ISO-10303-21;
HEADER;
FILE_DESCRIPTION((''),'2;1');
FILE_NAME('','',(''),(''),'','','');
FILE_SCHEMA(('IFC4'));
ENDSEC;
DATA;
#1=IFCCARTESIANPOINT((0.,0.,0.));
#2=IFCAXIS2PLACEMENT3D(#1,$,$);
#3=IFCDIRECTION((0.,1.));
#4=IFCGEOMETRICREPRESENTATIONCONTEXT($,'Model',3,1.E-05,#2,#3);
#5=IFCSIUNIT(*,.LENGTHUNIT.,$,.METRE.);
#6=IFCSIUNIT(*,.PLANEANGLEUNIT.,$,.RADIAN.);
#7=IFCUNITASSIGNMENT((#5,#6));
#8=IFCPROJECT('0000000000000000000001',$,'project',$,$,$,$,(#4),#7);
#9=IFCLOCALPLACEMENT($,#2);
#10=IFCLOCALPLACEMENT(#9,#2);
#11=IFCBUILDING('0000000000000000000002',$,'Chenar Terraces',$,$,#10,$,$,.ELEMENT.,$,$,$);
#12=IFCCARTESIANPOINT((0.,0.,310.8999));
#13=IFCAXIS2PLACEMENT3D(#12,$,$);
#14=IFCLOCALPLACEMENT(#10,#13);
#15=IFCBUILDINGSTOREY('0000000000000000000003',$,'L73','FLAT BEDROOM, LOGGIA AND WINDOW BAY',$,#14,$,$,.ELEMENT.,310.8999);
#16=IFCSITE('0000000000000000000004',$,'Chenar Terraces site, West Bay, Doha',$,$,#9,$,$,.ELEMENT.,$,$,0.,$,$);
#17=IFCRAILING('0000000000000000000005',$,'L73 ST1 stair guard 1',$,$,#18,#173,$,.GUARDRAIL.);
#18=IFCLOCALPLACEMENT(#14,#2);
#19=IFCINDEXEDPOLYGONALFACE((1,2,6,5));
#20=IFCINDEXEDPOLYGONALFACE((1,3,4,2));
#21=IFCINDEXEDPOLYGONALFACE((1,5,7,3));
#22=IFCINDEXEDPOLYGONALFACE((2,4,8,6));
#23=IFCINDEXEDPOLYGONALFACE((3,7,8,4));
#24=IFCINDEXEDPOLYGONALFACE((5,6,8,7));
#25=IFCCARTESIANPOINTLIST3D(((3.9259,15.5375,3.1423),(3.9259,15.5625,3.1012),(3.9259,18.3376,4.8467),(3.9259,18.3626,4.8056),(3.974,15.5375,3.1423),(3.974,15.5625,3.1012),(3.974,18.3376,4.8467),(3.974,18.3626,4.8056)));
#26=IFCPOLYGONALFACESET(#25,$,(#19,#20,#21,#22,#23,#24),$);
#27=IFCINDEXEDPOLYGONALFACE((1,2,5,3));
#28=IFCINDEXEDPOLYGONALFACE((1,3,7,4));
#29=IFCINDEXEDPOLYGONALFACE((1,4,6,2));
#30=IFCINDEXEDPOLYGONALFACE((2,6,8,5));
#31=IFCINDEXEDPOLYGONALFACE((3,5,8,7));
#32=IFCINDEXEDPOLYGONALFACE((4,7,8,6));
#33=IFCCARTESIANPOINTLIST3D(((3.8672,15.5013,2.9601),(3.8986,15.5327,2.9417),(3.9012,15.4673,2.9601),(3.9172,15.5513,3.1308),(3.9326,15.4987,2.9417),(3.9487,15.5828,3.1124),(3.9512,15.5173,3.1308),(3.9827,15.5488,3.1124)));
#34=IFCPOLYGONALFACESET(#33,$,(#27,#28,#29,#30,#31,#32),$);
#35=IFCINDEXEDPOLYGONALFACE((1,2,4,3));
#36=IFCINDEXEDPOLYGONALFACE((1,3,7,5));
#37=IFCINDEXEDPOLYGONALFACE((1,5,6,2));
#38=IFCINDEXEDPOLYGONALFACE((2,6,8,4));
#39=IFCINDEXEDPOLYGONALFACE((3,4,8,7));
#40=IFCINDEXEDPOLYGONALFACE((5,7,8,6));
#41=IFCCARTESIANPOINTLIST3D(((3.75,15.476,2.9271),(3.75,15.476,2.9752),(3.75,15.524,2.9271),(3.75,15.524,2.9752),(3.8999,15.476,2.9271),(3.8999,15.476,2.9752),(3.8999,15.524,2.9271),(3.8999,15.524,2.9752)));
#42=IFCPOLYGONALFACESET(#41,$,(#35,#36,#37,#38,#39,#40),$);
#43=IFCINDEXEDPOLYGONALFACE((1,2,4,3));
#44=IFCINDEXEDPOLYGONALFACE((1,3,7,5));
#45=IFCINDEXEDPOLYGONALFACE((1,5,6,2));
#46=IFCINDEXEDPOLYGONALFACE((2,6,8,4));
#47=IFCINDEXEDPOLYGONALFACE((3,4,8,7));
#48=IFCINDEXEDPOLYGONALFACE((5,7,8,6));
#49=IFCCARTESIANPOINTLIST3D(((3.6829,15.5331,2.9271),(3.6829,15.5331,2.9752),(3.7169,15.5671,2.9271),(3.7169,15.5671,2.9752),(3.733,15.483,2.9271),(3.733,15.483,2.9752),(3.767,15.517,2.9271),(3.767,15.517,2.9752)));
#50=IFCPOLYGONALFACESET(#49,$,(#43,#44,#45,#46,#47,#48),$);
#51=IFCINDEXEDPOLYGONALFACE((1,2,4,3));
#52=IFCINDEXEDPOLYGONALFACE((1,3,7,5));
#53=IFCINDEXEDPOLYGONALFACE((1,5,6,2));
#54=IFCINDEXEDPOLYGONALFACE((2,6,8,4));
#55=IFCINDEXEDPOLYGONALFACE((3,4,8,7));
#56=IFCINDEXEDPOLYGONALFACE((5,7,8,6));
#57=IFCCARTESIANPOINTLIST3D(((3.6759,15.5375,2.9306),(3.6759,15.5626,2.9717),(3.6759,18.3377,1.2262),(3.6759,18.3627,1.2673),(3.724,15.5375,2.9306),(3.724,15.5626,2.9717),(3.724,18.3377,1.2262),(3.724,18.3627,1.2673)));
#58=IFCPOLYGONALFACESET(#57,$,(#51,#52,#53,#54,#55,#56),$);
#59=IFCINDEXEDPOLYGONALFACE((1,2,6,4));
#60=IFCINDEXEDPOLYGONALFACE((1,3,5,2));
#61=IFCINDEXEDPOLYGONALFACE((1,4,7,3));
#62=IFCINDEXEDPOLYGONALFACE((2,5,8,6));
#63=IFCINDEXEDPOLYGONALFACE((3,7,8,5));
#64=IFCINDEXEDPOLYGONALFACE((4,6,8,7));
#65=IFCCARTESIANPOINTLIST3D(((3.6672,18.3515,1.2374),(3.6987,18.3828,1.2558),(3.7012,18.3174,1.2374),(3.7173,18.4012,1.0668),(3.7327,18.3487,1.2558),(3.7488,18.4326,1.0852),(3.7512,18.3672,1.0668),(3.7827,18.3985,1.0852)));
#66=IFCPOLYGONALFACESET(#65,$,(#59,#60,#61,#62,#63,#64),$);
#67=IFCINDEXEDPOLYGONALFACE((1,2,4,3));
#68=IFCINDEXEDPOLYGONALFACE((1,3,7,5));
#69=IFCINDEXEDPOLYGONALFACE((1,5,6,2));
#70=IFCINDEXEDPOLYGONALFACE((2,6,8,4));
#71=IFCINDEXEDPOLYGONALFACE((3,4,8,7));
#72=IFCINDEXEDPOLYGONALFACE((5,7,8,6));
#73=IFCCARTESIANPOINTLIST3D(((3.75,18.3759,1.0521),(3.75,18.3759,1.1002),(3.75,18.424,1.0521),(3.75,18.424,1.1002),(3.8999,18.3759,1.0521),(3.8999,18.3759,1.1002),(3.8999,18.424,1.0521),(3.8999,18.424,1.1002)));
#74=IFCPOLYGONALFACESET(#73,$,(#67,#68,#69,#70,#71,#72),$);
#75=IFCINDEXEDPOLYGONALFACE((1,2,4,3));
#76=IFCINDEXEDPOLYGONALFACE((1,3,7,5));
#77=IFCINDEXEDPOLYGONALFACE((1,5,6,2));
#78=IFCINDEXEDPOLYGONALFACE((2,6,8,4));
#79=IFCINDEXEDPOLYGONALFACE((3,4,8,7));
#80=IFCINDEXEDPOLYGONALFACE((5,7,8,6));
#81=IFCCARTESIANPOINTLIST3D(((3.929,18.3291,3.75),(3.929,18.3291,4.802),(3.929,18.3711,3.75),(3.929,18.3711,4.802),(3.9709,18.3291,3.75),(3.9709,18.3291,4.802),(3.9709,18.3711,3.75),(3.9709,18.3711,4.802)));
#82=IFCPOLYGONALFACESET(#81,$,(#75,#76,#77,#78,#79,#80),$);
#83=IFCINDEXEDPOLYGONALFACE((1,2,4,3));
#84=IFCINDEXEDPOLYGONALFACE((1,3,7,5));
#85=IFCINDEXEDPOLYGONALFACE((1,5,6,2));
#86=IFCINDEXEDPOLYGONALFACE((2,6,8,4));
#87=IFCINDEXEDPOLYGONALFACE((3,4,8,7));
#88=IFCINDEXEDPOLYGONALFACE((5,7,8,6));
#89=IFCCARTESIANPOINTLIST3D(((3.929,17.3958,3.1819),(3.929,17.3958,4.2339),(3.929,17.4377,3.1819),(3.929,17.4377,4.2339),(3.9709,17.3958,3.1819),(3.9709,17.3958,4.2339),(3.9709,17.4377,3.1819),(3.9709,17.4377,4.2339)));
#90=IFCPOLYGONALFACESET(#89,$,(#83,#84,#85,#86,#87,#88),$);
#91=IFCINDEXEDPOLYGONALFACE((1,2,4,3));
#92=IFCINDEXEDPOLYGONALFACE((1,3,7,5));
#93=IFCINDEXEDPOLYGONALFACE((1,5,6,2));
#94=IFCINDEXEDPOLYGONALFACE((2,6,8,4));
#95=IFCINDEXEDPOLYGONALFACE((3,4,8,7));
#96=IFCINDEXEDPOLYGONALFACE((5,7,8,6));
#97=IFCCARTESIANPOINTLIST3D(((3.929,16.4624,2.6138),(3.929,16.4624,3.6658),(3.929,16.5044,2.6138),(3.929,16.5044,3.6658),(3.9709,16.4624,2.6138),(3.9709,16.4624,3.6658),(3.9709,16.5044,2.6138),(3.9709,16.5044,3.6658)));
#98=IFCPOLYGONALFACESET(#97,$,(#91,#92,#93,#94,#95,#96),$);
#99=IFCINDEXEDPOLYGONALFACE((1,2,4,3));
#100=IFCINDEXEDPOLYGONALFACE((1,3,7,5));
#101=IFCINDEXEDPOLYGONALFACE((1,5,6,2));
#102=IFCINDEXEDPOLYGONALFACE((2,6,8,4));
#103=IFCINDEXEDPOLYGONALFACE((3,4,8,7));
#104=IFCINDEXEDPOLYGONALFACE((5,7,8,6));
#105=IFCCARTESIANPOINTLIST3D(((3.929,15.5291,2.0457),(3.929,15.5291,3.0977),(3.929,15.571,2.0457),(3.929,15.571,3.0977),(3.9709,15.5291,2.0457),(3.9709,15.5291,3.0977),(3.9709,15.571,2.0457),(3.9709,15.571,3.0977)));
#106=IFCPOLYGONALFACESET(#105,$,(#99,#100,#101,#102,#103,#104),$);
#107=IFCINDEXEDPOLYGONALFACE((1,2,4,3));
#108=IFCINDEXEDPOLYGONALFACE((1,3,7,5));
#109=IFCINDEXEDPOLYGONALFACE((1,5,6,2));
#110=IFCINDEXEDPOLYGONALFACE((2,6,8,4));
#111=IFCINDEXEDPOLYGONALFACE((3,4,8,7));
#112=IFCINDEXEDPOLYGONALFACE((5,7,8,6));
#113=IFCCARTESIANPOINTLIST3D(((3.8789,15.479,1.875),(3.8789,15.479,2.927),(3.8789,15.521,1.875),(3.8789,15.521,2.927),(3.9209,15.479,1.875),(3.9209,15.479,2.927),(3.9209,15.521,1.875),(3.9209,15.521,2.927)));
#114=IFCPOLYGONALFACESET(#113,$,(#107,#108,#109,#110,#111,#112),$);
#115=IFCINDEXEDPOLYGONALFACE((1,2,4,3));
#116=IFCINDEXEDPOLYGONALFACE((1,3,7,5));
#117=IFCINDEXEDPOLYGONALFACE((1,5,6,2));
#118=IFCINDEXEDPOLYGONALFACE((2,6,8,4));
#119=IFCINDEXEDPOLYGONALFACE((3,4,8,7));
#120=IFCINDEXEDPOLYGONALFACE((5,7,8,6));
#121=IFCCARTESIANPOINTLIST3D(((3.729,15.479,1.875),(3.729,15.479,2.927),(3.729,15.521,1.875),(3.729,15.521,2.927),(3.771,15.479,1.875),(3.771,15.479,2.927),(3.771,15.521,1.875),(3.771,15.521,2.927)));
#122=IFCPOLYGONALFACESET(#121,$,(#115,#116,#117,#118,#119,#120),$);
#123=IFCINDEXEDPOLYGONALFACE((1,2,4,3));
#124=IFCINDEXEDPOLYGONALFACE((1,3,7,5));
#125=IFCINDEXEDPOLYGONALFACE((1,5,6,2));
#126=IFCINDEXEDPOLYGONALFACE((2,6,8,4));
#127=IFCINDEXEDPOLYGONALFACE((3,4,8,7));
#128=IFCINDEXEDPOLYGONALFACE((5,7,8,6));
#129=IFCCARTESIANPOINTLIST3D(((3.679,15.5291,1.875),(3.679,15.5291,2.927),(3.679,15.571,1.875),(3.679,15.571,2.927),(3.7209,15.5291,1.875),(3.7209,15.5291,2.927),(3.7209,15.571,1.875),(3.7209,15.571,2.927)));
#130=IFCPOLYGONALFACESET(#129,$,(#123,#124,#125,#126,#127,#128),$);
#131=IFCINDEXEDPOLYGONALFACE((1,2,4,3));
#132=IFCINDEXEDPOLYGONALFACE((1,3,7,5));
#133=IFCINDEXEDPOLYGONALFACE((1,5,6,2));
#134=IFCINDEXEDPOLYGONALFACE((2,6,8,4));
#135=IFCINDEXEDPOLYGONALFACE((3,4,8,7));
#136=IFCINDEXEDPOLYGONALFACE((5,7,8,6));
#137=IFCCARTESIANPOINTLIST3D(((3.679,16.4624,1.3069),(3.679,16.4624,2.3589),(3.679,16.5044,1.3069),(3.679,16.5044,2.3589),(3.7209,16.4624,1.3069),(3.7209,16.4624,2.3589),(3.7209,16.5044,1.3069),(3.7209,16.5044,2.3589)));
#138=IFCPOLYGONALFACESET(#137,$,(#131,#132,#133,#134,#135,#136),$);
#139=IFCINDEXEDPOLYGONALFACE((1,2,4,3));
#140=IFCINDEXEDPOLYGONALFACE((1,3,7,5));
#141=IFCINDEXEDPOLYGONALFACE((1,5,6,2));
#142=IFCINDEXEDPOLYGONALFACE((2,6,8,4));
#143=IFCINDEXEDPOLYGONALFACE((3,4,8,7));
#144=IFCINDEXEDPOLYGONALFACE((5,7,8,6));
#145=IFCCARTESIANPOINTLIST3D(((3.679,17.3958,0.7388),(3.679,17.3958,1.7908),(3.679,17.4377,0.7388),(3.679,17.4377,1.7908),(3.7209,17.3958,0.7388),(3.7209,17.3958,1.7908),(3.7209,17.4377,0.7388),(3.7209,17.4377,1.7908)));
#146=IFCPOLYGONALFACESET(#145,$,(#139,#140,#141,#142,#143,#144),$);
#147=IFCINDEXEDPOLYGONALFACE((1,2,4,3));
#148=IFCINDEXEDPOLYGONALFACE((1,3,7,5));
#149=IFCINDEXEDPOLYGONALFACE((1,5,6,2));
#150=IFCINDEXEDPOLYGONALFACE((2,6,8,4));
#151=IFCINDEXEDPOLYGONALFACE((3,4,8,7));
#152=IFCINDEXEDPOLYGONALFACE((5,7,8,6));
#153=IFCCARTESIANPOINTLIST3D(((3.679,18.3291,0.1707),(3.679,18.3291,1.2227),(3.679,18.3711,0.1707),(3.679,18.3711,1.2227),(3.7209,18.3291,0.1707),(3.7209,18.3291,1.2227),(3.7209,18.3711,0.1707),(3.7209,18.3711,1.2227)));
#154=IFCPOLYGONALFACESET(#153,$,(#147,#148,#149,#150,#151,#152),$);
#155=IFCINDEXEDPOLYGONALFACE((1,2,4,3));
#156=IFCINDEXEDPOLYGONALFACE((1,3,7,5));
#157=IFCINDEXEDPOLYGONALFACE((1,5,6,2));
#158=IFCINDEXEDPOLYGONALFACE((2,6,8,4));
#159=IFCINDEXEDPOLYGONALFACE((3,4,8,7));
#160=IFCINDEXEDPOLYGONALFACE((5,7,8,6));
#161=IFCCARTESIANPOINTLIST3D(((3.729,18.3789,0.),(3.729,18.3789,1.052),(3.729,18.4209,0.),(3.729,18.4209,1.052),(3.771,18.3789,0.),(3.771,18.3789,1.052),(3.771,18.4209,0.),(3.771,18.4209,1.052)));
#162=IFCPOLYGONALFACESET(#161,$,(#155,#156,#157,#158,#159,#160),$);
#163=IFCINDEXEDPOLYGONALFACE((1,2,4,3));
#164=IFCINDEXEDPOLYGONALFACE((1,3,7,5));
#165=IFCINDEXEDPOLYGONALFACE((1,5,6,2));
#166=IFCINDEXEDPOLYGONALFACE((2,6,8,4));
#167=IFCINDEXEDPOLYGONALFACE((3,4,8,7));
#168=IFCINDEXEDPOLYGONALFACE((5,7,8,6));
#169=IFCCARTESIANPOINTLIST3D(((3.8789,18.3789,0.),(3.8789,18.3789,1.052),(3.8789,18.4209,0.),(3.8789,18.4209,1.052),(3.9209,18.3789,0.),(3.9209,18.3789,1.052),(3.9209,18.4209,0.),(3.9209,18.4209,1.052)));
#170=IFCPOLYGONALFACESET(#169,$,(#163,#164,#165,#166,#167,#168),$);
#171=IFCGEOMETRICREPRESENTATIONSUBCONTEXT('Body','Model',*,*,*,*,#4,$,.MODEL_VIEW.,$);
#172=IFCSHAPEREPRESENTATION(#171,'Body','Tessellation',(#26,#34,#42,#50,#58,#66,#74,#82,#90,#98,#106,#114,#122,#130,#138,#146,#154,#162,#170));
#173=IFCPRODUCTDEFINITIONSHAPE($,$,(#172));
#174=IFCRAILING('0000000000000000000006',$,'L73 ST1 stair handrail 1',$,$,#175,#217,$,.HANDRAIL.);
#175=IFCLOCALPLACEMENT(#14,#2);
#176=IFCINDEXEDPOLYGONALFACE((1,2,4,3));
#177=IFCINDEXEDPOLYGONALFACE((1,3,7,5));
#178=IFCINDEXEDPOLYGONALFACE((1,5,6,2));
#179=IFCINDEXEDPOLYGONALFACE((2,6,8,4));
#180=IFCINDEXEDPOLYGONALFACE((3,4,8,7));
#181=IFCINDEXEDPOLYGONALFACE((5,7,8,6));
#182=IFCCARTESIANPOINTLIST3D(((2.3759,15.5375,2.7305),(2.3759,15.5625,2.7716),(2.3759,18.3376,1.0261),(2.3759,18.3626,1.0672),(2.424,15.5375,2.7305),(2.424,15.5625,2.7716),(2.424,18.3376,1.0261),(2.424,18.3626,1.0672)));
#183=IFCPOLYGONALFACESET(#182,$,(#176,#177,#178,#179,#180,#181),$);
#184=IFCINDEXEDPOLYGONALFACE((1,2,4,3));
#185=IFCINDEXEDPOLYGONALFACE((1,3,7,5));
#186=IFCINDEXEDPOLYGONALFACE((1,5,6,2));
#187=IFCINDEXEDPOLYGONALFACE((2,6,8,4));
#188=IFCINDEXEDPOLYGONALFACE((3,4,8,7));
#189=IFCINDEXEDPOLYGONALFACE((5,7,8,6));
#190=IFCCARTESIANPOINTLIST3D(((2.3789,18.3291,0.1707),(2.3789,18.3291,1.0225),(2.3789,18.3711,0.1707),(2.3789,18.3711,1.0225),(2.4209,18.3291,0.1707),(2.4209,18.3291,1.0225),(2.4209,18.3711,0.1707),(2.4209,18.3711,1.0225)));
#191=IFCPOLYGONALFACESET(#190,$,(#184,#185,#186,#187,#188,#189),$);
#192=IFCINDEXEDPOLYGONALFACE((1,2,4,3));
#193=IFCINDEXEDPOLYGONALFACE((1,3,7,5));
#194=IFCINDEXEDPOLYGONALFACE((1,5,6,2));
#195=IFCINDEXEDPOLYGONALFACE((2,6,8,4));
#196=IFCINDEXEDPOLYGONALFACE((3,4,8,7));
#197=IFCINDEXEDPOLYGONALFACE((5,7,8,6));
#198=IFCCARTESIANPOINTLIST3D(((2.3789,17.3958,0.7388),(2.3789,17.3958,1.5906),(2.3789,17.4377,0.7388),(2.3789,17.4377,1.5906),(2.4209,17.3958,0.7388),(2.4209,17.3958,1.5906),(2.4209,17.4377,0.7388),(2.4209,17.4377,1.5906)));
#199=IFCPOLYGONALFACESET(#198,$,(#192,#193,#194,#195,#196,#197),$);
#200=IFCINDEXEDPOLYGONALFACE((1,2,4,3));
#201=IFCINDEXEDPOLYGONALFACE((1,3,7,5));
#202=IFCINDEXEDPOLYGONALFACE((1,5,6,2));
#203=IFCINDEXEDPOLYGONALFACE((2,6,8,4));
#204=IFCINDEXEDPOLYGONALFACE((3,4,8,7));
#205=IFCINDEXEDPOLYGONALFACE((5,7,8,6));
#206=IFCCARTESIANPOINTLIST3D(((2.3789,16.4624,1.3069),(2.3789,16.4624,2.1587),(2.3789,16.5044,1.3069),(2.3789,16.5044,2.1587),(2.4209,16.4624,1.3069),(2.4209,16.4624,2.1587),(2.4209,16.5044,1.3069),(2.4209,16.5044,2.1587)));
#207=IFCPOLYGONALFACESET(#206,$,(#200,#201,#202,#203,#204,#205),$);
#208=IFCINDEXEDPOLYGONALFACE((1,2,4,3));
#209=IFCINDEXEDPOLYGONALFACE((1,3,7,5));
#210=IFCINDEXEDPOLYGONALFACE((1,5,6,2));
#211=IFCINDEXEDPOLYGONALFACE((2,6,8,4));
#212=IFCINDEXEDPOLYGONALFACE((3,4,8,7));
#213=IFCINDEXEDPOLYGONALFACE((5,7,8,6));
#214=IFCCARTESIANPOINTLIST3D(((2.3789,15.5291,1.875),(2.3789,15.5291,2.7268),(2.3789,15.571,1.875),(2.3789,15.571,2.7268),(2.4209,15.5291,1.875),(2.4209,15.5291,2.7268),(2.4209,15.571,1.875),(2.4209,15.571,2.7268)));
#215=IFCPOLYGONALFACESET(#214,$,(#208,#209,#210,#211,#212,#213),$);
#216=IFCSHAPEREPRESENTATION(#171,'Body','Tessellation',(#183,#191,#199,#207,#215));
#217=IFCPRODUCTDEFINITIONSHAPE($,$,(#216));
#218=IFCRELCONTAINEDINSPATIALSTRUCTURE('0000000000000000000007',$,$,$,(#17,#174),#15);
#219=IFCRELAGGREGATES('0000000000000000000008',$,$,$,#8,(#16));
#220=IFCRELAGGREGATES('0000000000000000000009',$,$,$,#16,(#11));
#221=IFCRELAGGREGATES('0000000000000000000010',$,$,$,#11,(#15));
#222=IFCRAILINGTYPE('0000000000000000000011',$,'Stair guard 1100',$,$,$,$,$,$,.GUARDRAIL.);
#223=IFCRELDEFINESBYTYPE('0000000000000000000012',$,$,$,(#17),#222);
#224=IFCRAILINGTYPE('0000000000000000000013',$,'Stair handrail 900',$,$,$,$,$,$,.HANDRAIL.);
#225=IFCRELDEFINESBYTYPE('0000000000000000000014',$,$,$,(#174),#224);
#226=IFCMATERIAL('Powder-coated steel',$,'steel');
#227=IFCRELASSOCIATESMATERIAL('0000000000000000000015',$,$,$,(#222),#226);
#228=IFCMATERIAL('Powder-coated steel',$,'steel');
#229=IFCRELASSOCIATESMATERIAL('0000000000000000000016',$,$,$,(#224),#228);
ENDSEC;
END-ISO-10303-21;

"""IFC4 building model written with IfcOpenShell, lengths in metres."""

from ifc_helpers import new_model, si_unit, direction, frame, origin, origin_2d, place, context, subcontext, project, spatial, rectangle, extrude, material, type_object, element, save


model = new_model("IFC4")

# Units and contexts
model_context = context("Model", 3, precision=1e-05, world=origin(), true_north=direction((0.0, 1.0)))
body_context = subcontext(model_context, "Body", "Model", "MODEL_VIEW")
ifc_project = project(units=[si_unit("LENGTHUNIT", "METRE"), si_unit("PLANEANGLEUNIT", "RADIAN")], contexts=[model_context])

# Site, building, storey
site_placement = place(None, origin())
site = spatial("IfcSite", under=ifc_project, at=site_placement, Name="Chenar Terraces site, West Bay, Doha", CompositionType="ELEMENT", RefElevation=0.0)
building_placement = place(site_placement, origin())
building = spatial("IfcBuilding", under=site, at=building_placement, Name="Chenar Terraces", CompositionType="ELEMENT")
storey_placement = place(building_placement, frame((0.0, 0.0, 310.8999)))
storey = spatial("IfcBuildingStorey", under=building, at=storey_placement, Name="L73", Description="FLAT BEDROOM, LOGGIA AND WINDOW BAY", CompositionType="ELEMENT", Elevation=310.8999)

# Railings
ifc_material_1 = material(Name="Powder-coated steel", Category="steel")
railing_type_1 = type_object("IfcRailingType", Name="Stair guard 1100", PredefinedType="GUARDRAIL", material=ifc_material_1)
railing_1_placement = place(storey_placement, frame((3.95, 18.3501, 3.75)))
element("IfcRailing", 1, at=railing_1_placement, inside=storey, type_object=railing_type_1, Name="L73 ST1 stair guard 1", PredefinedType="GUARDRAIL", context=body_context, shape_type="SweptSolid", body=[
    extrude(rectangle(XDim=0.0481, YDim=0.0481, at=origin_2d()), frame((0.0, 0.0, 1.0762), z_axis=(0.0, -0.854203, -0.51994), x_axis=(1.0, 0.0, 0.0)), (0.0, 0.0, 1.0), 3.2781),
    extrude(rectangle(XDim=0.0481, YDim=0.0481, at=origin_2d()), frame((0.0, -2.8, -0.6284), z_axis=(-0.2709, -0.2709, -0.923703), x_axis=(0.707107, -0.707107, 0.0)), (0.0, 0.0, 1.0), 0.1848),
    extrude(rectangle(XDim=0.0481, YDim=0.0481, at=origin_2d()), frame((-0.05, -2.8501, -0.7988), z_axis=(-1.0, 0.0, 0.0), x_axis=(0.0, -1.0, 0.0)), (0.0, 0.0, 1.0), 0.1499),
    extrude(rectangle(XDim=0.0481, YDim=0.0481, at=origin_2d()), frame((-0.2, -2.8501, -0.7988), z_axis=(-0.707107, 0.707107, 0.0), x_axis=(-0.707107, -0.707107, 0.0)), (0.0, 0.0, 1.0), 0.0708),
    extrude(rectangle(XDim=0.0481, YDim=0.0481, at=origin_2d()), frame((-0.25, -2.8, -0.7988), z_axis=(0.0, 0.854203, -0.51994), x_axis=(-1.0, 0.0, 0.0)), (0.0, 0.0, 1.0), 3.2781),
    extrude(rectangle(XDim=0.0481, YDim=0.0481, at=origin_2d()), frame((-0.25, 0.0, -2.5034), z_axis=(0.270997, 0.269675, -0.924033), x_axis=(-0.705376, 0.708834, 0.0)), (0.0, 0.0, 1.0), 0.1846),
    extrude(rectangle(XDim=0.0481, YDim=0.0481, at=origin_2d()), frame((-0.2, 0.0498, -2.6738), z_axis=(1.0, 0.0, 0.0), x_axis=(0.0, 1.0, 0.0)), (0.0, 0.0, 1.0), 0.1499),
    extrude(rectangle(XDim=0.042, YDim=0.042, at=origin_2d()), origin(), (0.0, 0.0, 1.0), 1.052),
    extrude(rectangle(XDim=0.042, YDim=0.042, at=origin_2d()), frame((0.0, -0.9333, -0.5681)), (0.0, 0.0, 1.0), 1.052),
    extrude(rectangle(XDim=0.042, YDim=0.042, at=origin_2d()), frame((0.0, -1.8667, -1.1362)), (0.0, 0.0, 1.0), 1.052),
    extrude(rectangle(XDim=0.042, YDim=0.042, at=origin_2d()), frame((0.0, -2.8, -1.7043)), (0.0, 0.0, 1.0), 1.052),
    extrude(rectangle(XDim=0.042, YDim=0.042, at=origin_2d()), frame((-0.05, -2.8501, -1.875)), (0.0, 0.0, 1.0), 1.052),
    extrude(rectangle(XDim=0.042, YDim=0.042, at=origin_2d()), frame((-0.2, -2.8501, -1.875)), (0.0, 0.0, 1.0), 1.052),
    extrude(rectangle(XDim=0.042, YDim=0.042, at=origin_2d()), frame((-0.25, -2.8, -1.875)), (0.0, 0.0, 1.0), 1.052),
    extrude(rectangle(XDim=0.042, YDim=0.042, at=origin_2d()), frame((-0.25, -1.8667, -2.4431)), (0.0, 0.0, 1.0), 1.052),
    extrude(rectangle(XDim=0.042, YDim=0.042, at=origin_2d()), frame((-0.25, -0.9333, -3.0112)), (0.0, 0.0, 1.0), 1.052),
    extrude(rectangle(XDim=0.042, YDim=0.042, at=origin_2d()), frame((-0.25, 0.0, -3.5793)), (0.0, 0.0, 1.0), 1.052),
    extrude(rectangle(XDim=0.042, YDim=0.042, at=origin_2d()), frame((-0.2, 0.0498, -3.75)), (0.0, 0.0, 1.0), 1.052),
    extrude(rectangle(XDim=0.042, YDim=0.042, at=origin_2d()), frame((-0.05, 0.0498, -3.75)), (0.0, 0.0, 1.0), 1.052),
])
ifc_material_2 = material(Name="Powder-coated steel", Category="steel")
railing_type_2 = type_object("IfcRailingType", Name="Stair handrail 900", PredefinedType="HANDRAIL", material=ifc_material_2)
railing_2_placement = place(storey_placement, frame((2.3999, 18.3501, 0.1707)))
element("IfcRailing", 2, at=railing_2_placement, inside=storey, type_object=railing_type_2, Name="L73 ST1 stair handrail 1", PredefinedType="HANDRAIL", context=body_context, shape_type="SweptSolid", body=[
    extrude(rectangle(XDim=0.0481, YDim=0.0481, at=origin_2d()), frame((0.0, 0.0, 0.876), z_axis=(0.0, -0.854203, 0.51994), x_axis=(1.0, 0.0, 0.0)), (0.0, 0.0, 1.0), 3.2781),
    extrude(rectangle(XDim=0.042, YDim=0.042, at=origin_2d()), origin(), (0.0, 0.0, 1.0), 0.8518),
    extrude(rectangle(XDim=0.042, YDim=0.042, at=origin_2d()), frame((0.0, -0.9333, 0.5681)), (0.0, 0.0, 1.0), 0.8518),
    extrude(rectangle(XDim=0.042, YDim=0.042, at=origin_2d()), frame((0.0, -1.8667, 1.1362)), (0.0, 0.0, 1.0), 0.8518),
    extrude(rectangle(XDim=0.042, YDim=0.042, at=origin_2d()), frame((0.0, -2.8, 1.7043)), (0.0, 0.0, 1.0), 0.8518),
])

save(model, "model.ifc")
